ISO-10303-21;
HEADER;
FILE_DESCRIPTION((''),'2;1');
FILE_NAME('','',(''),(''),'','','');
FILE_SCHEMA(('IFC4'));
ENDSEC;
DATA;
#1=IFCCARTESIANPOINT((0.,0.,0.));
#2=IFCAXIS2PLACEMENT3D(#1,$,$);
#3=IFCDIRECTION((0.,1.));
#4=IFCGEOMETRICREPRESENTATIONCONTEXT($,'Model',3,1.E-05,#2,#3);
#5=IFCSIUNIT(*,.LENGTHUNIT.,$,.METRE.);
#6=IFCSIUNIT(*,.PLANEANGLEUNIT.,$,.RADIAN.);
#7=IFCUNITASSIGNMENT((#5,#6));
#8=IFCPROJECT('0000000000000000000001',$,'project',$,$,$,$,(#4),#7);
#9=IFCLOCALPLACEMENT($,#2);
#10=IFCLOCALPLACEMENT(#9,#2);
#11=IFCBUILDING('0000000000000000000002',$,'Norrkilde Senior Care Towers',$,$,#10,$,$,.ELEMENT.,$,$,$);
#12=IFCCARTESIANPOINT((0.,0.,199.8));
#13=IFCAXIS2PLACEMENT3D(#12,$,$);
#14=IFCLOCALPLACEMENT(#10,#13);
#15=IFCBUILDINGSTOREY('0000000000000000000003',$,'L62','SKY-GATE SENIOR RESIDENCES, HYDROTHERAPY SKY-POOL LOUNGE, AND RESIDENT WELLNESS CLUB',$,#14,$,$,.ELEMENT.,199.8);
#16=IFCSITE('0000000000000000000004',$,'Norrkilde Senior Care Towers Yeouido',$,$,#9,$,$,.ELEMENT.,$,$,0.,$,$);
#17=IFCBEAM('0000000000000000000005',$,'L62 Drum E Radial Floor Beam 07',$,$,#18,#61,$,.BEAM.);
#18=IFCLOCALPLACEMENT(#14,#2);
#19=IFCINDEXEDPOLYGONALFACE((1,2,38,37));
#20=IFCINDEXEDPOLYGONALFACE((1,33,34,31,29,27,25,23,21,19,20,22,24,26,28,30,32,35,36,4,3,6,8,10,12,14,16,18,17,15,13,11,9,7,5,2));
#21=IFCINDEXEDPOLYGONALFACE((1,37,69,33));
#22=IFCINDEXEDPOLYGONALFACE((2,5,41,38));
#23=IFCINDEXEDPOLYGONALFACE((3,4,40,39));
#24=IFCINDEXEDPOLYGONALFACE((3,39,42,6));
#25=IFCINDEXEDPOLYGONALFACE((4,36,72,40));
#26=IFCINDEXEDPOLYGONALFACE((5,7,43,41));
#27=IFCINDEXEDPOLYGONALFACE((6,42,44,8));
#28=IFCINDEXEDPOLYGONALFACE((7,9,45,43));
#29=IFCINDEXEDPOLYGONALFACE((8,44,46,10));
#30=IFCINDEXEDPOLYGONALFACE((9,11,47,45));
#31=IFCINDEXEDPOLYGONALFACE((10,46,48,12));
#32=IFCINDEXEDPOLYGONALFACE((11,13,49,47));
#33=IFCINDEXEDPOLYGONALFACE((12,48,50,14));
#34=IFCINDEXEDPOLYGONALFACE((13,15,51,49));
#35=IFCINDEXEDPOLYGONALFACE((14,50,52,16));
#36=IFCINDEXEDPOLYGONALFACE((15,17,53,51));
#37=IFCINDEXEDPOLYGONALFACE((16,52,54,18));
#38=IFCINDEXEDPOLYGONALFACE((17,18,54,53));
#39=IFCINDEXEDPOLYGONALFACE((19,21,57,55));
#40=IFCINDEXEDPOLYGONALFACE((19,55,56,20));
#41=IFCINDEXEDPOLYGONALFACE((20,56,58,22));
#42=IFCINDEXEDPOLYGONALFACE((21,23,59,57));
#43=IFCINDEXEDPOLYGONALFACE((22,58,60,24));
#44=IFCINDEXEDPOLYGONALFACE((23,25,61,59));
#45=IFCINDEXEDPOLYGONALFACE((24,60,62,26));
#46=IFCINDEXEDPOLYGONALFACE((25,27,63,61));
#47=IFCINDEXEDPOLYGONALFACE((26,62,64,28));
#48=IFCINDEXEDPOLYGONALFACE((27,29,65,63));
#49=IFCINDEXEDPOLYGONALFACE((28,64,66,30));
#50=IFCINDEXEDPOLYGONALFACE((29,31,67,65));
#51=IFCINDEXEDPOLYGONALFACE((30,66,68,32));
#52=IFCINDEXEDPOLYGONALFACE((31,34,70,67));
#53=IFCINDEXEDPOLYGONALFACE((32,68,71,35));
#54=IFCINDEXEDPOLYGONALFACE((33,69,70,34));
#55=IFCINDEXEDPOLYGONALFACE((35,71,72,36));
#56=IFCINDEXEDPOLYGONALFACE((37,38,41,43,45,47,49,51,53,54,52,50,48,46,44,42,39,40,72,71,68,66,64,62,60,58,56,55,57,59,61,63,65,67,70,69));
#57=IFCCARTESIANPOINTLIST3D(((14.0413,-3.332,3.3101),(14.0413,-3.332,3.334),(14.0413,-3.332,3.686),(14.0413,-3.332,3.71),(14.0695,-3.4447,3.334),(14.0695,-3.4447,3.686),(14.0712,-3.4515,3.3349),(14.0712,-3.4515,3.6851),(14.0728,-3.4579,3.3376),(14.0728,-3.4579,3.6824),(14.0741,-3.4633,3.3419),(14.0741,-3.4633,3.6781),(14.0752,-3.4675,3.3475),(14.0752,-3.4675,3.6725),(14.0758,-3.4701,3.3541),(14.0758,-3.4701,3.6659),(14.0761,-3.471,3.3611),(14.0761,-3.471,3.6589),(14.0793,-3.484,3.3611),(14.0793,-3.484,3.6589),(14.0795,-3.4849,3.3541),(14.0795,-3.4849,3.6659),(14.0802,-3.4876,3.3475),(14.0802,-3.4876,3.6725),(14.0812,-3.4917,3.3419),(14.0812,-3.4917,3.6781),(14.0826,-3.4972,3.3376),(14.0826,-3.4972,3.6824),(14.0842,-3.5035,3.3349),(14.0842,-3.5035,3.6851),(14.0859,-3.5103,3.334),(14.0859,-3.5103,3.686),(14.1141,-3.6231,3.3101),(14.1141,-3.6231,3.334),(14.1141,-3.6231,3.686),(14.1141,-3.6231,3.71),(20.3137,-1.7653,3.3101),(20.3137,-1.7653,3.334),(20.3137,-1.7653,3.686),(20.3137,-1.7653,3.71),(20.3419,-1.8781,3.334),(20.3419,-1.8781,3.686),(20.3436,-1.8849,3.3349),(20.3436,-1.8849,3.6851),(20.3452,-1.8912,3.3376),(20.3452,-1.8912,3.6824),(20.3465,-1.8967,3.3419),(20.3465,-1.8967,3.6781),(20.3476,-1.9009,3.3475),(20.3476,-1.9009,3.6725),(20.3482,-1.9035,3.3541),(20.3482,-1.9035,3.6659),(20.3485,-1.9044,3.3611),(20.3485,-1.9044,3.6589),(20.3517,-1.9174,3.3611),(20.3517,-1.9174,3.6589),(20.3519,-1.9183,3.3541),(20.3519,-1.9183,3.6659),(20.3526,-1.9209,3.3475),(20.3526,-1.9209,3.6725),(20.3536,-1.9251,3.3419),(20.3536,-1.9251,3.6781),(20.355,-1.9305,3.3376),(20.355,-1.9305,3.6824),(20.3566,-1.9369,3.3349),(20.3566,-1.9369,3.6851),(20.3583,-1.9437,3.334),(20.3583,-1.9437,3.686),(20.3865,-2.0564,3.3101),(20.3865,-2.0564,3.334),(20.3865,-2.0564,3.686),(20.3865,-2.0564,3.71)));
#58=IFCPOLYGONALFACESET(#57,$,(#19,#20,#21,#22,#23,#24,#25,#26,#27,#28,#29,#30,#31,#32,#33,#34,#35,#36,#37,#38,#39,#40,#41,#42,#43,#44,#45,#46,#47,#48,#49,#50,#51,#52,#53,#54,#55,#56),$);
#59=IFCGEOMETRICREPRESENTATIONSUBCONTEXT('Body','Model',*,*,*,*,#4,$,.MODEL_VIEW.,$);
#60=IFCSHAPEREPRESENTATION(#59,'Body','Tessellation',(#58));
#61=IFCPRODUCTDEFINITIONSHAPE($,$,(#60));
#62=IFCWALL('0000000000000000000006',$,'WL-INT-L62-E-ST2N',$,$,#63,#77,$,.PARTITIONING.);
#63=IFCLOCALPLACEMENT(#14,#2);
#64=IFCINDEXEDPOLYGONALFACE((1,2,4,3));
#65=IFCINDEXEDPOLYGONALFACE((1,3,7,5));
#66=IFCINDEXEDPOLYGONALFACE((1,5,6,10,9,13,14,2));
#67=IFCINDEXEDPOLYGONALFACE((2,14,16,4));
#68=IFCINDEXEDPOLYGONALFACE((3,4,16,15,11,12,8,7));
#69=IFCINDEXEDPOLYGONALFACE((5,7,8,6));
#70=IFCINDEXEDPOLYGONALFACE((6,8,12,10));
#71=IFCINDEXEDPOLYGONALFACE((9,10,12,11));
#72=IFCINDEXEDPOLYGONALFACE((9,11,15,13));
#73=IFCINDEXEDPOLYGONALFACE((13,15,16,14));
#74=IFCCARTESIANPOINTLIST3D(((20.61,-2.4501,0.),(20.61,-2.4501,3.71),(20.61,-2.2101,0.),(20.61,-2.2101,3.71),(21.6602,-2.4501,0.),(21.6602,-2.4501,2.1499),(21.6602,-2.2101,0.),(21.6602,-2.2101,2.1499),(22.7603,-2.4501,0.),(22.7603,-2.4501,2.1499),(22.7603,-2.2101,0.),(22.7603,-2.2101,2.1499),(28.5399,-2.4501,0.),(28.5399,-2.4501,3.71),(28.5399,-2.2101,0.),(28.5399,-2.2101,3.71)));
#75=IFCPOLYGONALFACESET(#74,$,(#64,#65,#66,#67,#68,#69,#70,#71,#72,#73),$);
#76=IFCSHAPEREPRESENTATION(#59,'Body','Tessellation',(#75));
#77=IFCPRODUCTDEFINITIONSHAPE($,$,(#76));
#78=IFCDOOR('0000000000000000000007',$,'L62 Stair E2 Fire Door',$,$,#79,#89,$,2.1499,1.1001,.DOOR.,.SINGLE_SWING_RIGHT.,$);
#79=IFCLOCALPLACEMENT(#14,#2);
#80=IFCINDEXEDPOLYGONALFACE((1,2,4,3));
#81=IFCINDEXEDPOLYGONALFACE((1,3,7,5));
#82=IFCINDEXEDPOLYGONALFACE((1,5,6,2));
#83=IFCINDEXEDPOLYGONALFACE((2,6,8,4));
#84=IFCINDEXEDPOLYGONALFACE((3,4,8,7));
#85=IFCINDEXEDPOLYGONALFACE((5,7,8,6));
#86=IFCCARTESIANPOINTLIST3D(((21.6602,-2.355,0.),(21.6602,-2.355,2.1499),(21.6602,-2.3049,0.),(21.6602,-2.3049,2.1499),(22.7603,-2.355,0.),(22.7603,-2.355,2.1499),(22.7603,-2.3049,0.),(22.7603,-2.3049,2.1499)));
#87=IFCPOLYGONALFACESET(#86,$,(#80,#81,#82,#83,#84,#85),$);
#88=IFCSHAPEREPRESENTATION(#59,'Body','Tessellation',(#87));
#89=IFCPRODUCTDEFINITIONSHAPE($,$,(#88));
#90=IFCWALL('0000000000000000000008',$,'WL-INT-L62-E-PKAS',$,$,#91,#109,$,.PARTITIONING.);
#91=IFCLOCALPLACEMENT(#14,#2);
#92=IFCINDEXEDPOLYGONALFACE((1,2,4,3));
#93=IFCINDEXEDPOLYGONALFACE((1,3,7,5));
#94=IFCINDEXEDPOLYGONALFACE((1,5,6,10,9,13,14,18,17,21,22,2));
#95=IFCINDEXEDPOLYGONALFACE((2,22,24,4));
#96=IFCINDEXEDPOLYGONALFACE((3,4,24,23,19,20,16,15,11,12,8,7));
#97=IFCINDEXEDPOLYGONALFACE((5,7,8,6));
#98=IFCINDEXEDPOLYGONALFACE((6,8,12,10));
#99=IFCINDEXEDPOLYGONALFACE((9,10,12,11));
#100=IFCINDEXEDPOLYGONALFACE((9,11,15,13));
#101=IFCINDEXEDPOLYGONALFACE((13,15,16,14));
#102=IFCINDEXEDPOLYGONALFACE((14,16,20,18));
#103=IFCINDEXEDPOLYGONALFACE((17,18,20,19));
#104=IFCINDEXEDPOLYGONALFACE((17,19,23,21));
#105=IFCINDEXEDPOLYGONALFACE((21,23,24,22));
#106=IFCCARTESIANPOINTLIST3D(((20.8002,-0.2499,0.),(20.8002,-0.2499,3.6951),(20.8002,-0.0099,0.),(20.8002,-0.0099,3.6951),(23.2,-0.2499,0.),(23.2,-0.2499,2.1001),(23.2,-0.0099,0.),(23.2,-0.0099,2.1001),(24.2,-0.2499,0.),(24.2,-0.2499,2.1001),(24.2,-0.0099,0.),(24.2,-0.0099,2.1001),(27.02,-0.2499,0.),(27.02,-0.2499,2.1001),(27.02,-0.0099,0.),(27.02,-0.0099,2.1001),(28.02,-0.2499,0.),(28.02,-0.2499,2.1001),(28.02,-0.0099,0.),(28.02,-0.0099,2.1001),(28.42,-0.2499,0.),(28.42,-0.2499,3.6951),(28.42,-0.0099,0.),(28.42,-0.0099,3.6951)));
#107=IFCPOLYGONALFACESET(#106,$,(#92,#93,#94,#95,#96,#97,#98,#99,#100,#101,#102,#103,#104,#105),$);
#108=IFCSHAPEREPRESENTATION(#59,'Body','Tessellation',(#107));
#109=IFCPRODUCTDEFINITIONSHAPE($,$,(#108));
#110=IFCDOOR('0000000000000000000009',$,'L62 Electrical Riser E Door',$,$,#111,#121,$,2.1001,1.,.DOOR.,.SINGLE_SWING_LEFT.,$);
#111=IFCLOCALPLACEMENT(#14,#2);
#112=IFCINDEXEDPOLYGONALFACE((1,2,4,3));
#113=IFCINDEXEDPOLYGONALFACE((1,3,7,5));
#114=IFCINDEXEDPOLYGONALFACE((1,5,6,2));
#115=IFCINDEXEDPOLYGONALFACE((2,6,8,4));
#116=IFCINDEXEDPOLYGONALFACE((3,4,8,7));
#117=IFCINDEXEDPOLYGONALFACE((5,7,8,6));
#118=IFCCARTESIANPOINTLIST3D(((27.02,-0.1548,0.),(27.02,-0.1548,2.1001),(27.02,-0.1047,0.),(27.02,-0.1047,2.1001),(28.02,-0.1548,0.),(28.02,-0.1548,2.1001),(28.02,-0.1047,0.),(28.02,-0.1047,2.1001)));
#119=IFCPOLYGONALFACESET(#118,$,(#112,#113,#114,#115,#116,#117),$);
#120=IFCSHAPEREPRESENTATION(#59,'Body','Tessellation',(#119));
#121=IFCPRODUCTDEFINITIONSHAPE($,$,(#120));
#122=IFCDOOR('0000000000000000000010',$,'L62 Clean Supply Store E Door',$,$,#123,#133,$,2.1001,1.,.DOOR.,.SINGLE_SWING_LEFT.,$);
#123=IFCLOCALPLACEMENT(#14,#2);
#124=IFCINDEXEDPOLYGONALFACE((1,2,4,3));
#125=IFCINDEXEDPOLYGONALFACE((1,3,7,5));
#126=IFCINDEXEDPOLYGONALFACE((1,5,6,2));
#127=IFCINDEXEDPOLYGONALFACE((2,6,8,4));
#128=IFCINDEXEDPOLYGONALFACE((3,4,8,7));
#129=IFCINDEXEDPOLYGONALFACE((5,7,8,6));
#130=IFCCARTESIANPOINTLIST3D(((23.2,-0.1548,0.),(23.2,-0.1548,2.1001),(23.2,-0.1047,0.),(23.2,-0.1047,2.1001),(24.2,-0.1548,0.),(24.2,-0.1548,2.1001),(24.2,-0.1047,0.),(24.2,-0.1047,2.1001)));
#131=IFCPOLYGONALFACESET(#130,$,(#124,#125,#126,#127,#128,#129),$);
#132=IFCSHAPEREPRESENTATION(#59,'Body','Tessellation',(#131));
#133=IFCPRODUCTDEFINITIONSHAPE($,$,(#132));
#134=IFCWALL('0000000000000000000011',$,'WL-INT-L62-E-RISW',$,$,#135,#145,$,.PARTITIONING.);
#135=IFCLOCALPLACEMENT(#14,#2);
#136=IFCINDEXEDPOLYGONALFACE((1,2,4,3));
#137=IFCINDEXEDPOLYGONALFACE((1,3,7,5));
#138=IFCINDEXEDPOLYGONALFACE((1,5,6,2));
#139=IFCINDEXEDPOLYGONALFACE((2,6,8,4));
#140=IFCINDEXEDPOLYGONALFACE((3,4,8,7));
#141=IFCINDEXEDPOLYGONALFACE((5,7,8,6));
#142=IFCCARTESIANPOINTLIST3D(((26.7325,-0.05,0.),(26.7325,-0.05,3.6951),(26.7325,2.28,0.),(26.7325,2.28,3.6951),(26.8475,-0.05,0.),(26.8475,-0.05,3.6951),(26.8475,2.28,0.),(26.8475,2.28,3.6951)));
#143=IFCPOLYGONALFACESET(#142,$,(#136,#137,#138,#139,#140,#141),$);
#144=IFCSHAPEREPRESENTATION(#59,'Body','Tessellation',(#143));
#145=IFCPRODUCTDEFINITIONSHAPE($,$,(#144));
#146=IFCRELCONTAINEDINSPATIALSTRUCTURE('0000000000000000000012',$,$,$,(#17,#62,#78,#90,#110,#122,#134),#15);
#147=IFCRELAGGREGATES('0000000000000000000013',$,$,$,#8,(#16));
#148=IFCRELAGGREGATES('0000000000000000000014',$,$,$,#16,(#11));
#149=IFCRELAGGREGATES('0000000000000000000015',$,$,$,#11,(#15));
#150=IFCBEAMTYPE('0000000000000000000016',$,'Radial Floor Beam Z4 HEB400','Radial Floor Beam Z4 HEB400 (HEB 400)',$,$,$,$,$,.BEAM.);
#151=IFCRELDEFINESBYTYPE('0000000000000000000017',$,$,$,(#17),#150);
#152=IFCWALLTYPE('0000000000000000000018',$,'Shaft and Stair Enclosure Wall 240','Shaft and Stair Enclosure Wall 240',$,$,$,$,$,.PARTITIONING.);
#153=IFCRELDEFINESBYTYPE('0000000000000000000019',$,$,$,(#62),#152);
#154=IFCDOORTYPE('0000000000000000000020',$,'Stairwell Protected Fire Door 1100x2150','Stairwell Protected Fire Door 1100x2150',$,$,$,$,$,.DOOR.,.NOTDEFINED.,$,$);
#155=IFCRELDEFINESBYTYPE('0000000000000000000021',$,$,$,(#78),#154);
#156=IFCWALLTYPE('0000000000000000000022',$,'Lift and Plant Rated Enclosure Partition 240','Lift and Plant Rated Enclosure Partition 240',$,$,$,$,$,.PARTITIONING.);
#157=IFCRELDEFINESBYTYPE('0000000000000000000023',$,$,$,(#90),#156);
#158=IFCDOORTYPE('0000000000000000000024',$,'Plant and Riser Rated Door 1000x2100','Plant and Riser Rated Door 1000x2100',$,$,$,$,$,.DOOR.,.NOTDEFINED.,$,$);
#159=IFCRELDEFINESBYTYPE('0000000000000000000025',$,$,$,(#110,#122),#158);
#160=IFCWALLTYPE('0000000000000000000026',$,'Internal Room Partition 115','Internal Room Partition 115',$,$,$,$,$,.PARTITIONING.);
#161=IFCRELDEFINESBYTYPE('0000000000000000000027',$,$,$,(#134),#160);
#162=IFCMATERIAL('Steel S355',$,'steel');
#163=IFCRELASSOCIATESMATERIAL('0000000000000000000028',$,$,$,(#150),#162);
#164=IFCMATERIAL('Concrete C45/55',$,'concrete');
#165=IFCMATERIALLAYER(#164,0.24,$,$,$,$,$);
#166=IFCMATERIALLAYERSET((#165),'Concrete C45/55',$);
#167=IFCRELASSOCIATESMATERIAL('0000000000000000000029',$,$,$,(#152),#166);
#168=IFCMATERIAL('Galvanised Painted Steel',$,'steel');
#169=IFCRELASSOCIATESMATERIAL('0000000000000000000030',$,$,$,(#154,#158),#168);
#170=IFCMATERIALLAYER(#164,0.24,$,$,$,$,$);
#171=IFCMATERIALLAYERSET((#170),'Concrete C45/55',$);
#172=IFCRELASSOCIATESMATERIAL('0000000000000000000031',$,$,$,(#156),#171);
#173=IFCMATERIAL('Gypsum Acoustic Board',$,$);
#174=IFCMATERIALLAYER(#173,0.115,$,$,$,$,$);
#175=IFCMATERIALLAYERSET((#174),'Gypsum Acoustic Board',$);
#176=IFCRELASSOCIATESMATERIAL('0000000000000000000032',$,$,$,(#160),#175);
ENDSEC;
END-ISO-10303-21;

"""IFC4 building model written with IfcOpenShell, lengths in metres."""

from ifc_helpers import new_model, si_unit, direction, frame, frame_2d, origin, origin_2d, place, context, subcontext, project, spatial, rectangle, i_section, extrude, source, transform, mapped, material, layer, layer_set, material_profile, profile_set, type_object, type_shapes, element, fill, save


model = new_model("IFC4")

# Units and contexts
model_context = context("Model", 3, precision=1e-05, world=origin(), true_north=direction((0.0, 1.0)))
body_context = subcontext(model_context, "Body", "Model", "MODEL_VIEW")
ifc_project = project(units=[si_unit("LENGTHUNIT", "METRE"), si_unit("PLANEANGLEUNIT", "RADIAN")], contexts=[model_context])

# Site, building, storey
site_placement = place(None, origin())
site = spatial("IfcSite", under=ifc_project, at=site_placement, Name="Norrkilde Senior Care Towers Yeouido", CompositionType="ELEMENT", RefElevation=0.0)
building_placement = place(site_placement, origin())
building = spatial("IfcBuilding", under=site, at=building_placement, Name="Norrkilde Senior Care Towers", CompositionType="ELEMENT")
storey_placement = place(building_placement, frame((0.0, 0.0, 199.8)))
storey = spatial("IfcBuildingStorey", under=building, at=storey_placement, Name="L62", Description="SKY-GATE SENIOR RESIDENCES, HYDROTHERAPY SKY-POOL LOUNGE, AND RESIDENT WELLNESS CLUB", CompositionType="ELEMENT", Elevation=199.8)

# Beam
ifc_material_1 = material(Name="Steel S355", Category="steel")
ifc_material_profile = material_profile(ifc_material_1, i_section(OverallWidth=0.3, OverallDepth=0.3999, WebThickness=0.0134, FlangeThickness=0.0239, FilletRadius=0.0271, at=origin_2d()), Name="HEB 400")
ifc_profile_set = profile_set([ifc_material_profile], Name="Steel S355")
beam_type = type_object("IfcBeamType", Name="Radial Floor Beam Z4 HEB400", Description="Radial Floor Beam Z4 HEB400 (HEB 400)", PredefinedType="BEAM", material=ifc_profile_set)
shared_shape_1 = source(origin(), body_context, "Body", "SweptSolid", [
    extrude(i_section(OverallWidth=0.3, OverallDepth=0.3999, WebThickness=0.0134, FlangeThickness=0.0239, FilletRadius=0.0271, at=origin_2d()), origin(), (0.0, 0.0, 1.0), 6.4651),
])
type_shapes(beam_type, [shared_shape_1])
beam_placement = place(storey_placement, frame((20.3501, -1.9109, 3.51), z_axis=(-0.970196, -0.242322, 0.0), x_axis=(0.242322, -0.970196, 0.0)))
element("IfcBeam", 1, at=beam_placement, inside=storey, type_object=beam_type, Name="L62 Drum E Radial Floor Beam 07", PredefinedType="BEAM", context=body_context, shape_type="MappedRepresentation", body=[
    mapped(shared_shape_1, transform((0.0, 0.0, 0.0), x_axis=(1.0, 0.0, 0.0), y_axis=(0.0, 1.0, 0.0), z_axis=(0.0, 0.0, 1.0), scale=1.0)),
])

# Wall, opening, door
ifc_material_2 = material(Name="Galvanised Painted Steel", Category="steel")
ifc_material_3 = material(Name="Concrete C45/55", Category="concrete")
ifc_layer_1 = layer(ifc_material_3, 0.24)
ifc_layer_set_1 = layer_set([ifc_layer_1], Name="Concrete C45/55")
wall_type_1 = type_object("IfcWallType", Name="Shaft and Stair Enclosure Wall 240", Description="Shaft and Stair Enclosure Wall 240", PredefinedType="PARTITIONING", material=ifc_layer_set_1)
shared_shape_2 = source(origin(), body_context, "Body", "SweptSolid", [
    extrude(rectangle(XDim=7.9299, YDim=0.24, at=frame_2d((3.9648, 0.0))), origin(), (0.0, 0.0, 1.0), 3.71),
])
type_shapes(wall_type_1, [shared_shape_2])
wall_1_placement = place(storey_placement, frame((20.6101, -2.3301, 0.0), z_axis=(0.0, 0.0, 1.0), x_axis=(1.0, 0.0, 0.0)))
wall_1 = element("IfcWall", 2, at=wall_1_placement, inside=storey, type_object=wall_type_1, Name="WL-INT-L62-E-ST2N", PredefinedType="PARTITIONING", context=body_context, shape_type="MappedRepresentation", body=[
    mapped(shared_shape_2, transform((0.0, 0.0, 0.0), x_axis=(1.0, 0.0, 0.0), y_axis=(0.0, 1.0, 0.0), z_axis=(0.0, 0.0, 1.0), scale=1.0)),
])
opening_1_placement = place(wall_1_placement, frame((1.05, 0.0, 0.0)))
opening_1 = element("IfcOpeningElement", 3, at=opening_1_placement, cuts=wall_1, PredefinedType="OPENING", context=body_context, shape_type="SweptSolid", body=[
    extrude(rectangle(XDim=1.1001, YDim=2.1499, at=frame_2d((0.55, 1.075))), frame((0.0, 0.1299, 0.0), z_axis=(0.0, -1.0, 0.0), x_axis=(1.0, 0.0, 0.0)), (0.0, 0.0, 1.0), 0.26),
])
door_type_1 = type_object("IfcDoorType", Name="Stairwell Protected Fire Door 1100x2150", Description="Stairwell Protected Fire Door 1100x2150", OperationType="NOTDEFINED", PredefinedType="DOOR", material=ifc_material_2)
shared_shape_3 = source(origin(), body_context, "Body", "SweptSolid", [
    extrude(rectangle(XDim=1.1001, YDim=2.1499, at=frame_2d((0.55, 1.075))), frame((0.0, 0.0249, 0.0), z_axis=(0.0, -1.0, 0.0), x_axis=(1.0, 0.0, 0.0)), (0.0, 0.0, 1.0), 0.05),
])
type_shapes(door_type_1, [shared_shape_3])
door_1_placement = place(opening_1_placement, frame((1.1001, 0.0, 0.0), z_axis=(0.0, 0.0, 1.0), x_axis=(-1.0, 0.0, 0.0)))
door_1 = element("IfcDoor", 4, at=door_1_placement, inside=storey, type_object=door_type_1, Name="L62 Stair E2 Fire Door", OperationType="SINGLE_SWING_RIGHT", OverallHeight=2.1499, OverallWidth=1.1001, PredefinedType="DOOR", context=body_context, shape_type="MappedRepresentation", body=[
    mapped(shared_shape_3, transform((0.0, 0.0, 0.0), x_axis=(1.0, 0.0, 0.0), y_axis=(0.0, 1.0, 0.0), z_axis=(0.0, 0.0, 1.0), scale=1.0)),
])
fill(opening_1, door_1)

# Wall, openings, doors
ifc_layer_2 = layer(ifc_material_3, 0.24)
ifc_layer_set_2 = layer_set([ifc_layer_2], Name="Concrete C45/55")
wall_type_2 = type_object("IfcWallType", Name="Lift and Plant Rated Enclosure Partition 240", Description="Lift and Plant Rated Enclosure Partition 240", PredefinedType="PARTITIONING", material=ifc_layer_set_2)
shared_shape_4 = source(origin(), body_context, "Body", "SweptSolid", [
    extrude(rectangle(XDim=7.6199, YDim=0.24, at=frame_2d((3.8101, 0.0))), origin(), (0.0, 0.0, 1.0), 3.6951),
])
wall_2_placement = place(storey_placement, frame((20.8, -0.1299, 0.0), z_axis=(0.0, 0.0, 1.0), x_axis=(1.0, 0.0, 0.0)))
wall_2 = element("IfcWall", 5, at=wall_2_placement, inside=storey, type_object=wall_type_2, Name="WL-INT-L62-E-PKAS", PredefinedType="PARTITIONING", context=body_context, shape_type="MappedRepresentation", body=[
    mapped(shared_shape_4, transform((0.0, 0.0, 0.0), x_axis=(1.0, 0.0, 0.0), y_axis=(0.0, 1.0, 0.0), z_axis=(0.0, 0.0, 1.0), scale=1.0)),
])
opening_2_placement = place(wall_2_placement, frame((6.22, 0.0, 0.0)))
opening_2 = element("IfcOpeningElement", 6, at=opening_2_placement, cuts=wall_2, PredefinedType="OPENING", context=body_context, shape_type="SweptSolid", body=[
    extrude(rectangle(XDim=1.0, YDim=2.1001, at=frame_2d((0.5, 1.05))), frame((0.0, 0.1299, 0.0), z_axis=(0.0, -1.0, 0.0), x_axis=(1.0, 0.0, 0.0)), (0.0, 0.0, 1.0), 0.26),
])
opening_3_placement = place(wall_2_placement, frame((2.3999, 0.0, 0.0)))
opening_3 = element("IfcOpeningElement", 7, at=opening_3_placement, cuts=wall_2, PredefinedType="OPENING", context=body_context, shape_type="SweptSolid", body=[
    extrude(rectangle(XDim=1.0, YDim=2.1001, at=frame_2d((0.5, 1.05))), frame((0.0, 0.1299, 0.0), z_axis=(0.0, -1.0, 0.0), x_axis=(1.0, 0.0, 0.0)), (0.0, 0.0, 1.0), 0.26),
])
door_type_2 = type_object("IfcDoorType", Name="Plant and Riser Rated Door 1000x2100", Description="Plant and Riser Rated Door 1000x2100", OperationType="NOTDEFINED", PredefinedType="DOOR", material=ifc_material_2)
shared_shape_5 = source(origin(), body_context, "Body", "SweptSolid", [
    extrude(rectangle(XDim=1.0, YDim=2.1001, at=frame_2d((0.5, 1.05))), frame((0.0, 0.0249, 0.0), z_axis=(0.0, -1.0, 0.0), x_axis=(1.0, 0.0, 0.0)), (0.0, 0.0, 1.0), 0.05),
])
type_shapes(door_type_2, [shared_shape_5])
door_2_placement = place(opening_2_placement, frame((1.0, 0.0, 0.0), z_axis=(0.0, 0.0, 1.0), x_axis=(-1.0, 0.0, 0.0)))
door_2 = element("IfcDoor", 8, at=door_2_placement, inside=storey, type_object=door_type_2, Name="L62 Electrical Riser E Door", OperationType="SINGLE_SWING_LEFT", OverallHeight=2.1001, OverallWidth=1.0, PredefinedType="DOOR", context=body_context, shape_type="MappedRepresentation", body=[
    mapped(shared_shape_5, transform((0.0, 0.0, 0.0), x_axis=(1.0, 0.0, 0.0), y_axis=(0.0, 1.0, 0.0), z_axis=(0.0, 0.0, 1.0), scale=1.0)),
])
fill(opening_2, door_2)
door_3_placement = place(opening_3_placement, frame((1.0, 0.0, 0.0), z_axis=(0.0, 0.0, 1.0), x_axis=(-1.0, 0.0, 0.0)))
door_3 = element("IfcDoor", 9, at=door_3_placement, inside=storey, type_object=door_type_2, Name="L62 Clean Supply Store E Door", OperationType="SINGLE_SWING_LEFT", OverallHeight=2.1001, OverallWidth=1.0, PredefinedType="DOOR", context=body_context, shape_type="MappedRepresentation", body=[
    mapped(shared_shape_5, transform((0.0, 0.0, 0.0), x_axis=(1.0, 0.0, 0.0), y_axis=(0.0, 1.0, 0.0), z_axis=(0.0, 0.0, 1.0), scale=1.0)),
])
fill(opening_3, door_3)

# Wall
ifc_material_4 = material(Name="Gypsum Acoustic Board")
ifc_layer_3 = layer(ifc_material_4, 0.115)
ifc_layer_set_3 = layer_set([ifc_layer_3], Name="Gypsum Acoustic Board")
wall_type_3 = type_object("IfcWallType", Name="Internal Room Partition 115", Description="Internal Room Partition 115", PredefinedType="PARTITIONING", material=ifc_layer_set_3)
shared_shape_6 = source(origin(), body_context, "Body", "SweptSolid", [
    extrude(rectangle(XDim=2.3301, YDim=0.115, at=frame_2d((1.165, 0.0))), origin(), (0.0, 0.0, 1.0), 3.6951),
])
type_shapes(wall_type_3, [shared_shape_6])
wall_3_placement = place(storey_placement, frame((26.79, -0.05, 0.0), z_axis=(0.0, 0.0, 1.0), x_axis=(0.0, 1.0, 0.0)))
element("IfcWall", 10, at=wall_3_placement, inside=storey, type_object=wall_type_3, Name="WL-INT-L62-E-RISW", PredefinedType="PARTITIONING", context=body_context, shape_type="MappedRepresentation", body=[
    mapped(shared_shape_6, transform((0.0, 0.0, 0.0), x_axis=(1.0, 0.0, 0.0), y_axis=(0.0, 1.0, 0.0), z_axis=(0.0, 0.0, 1.0), scale=1.0)),
])

save(model, "model.ifc")
